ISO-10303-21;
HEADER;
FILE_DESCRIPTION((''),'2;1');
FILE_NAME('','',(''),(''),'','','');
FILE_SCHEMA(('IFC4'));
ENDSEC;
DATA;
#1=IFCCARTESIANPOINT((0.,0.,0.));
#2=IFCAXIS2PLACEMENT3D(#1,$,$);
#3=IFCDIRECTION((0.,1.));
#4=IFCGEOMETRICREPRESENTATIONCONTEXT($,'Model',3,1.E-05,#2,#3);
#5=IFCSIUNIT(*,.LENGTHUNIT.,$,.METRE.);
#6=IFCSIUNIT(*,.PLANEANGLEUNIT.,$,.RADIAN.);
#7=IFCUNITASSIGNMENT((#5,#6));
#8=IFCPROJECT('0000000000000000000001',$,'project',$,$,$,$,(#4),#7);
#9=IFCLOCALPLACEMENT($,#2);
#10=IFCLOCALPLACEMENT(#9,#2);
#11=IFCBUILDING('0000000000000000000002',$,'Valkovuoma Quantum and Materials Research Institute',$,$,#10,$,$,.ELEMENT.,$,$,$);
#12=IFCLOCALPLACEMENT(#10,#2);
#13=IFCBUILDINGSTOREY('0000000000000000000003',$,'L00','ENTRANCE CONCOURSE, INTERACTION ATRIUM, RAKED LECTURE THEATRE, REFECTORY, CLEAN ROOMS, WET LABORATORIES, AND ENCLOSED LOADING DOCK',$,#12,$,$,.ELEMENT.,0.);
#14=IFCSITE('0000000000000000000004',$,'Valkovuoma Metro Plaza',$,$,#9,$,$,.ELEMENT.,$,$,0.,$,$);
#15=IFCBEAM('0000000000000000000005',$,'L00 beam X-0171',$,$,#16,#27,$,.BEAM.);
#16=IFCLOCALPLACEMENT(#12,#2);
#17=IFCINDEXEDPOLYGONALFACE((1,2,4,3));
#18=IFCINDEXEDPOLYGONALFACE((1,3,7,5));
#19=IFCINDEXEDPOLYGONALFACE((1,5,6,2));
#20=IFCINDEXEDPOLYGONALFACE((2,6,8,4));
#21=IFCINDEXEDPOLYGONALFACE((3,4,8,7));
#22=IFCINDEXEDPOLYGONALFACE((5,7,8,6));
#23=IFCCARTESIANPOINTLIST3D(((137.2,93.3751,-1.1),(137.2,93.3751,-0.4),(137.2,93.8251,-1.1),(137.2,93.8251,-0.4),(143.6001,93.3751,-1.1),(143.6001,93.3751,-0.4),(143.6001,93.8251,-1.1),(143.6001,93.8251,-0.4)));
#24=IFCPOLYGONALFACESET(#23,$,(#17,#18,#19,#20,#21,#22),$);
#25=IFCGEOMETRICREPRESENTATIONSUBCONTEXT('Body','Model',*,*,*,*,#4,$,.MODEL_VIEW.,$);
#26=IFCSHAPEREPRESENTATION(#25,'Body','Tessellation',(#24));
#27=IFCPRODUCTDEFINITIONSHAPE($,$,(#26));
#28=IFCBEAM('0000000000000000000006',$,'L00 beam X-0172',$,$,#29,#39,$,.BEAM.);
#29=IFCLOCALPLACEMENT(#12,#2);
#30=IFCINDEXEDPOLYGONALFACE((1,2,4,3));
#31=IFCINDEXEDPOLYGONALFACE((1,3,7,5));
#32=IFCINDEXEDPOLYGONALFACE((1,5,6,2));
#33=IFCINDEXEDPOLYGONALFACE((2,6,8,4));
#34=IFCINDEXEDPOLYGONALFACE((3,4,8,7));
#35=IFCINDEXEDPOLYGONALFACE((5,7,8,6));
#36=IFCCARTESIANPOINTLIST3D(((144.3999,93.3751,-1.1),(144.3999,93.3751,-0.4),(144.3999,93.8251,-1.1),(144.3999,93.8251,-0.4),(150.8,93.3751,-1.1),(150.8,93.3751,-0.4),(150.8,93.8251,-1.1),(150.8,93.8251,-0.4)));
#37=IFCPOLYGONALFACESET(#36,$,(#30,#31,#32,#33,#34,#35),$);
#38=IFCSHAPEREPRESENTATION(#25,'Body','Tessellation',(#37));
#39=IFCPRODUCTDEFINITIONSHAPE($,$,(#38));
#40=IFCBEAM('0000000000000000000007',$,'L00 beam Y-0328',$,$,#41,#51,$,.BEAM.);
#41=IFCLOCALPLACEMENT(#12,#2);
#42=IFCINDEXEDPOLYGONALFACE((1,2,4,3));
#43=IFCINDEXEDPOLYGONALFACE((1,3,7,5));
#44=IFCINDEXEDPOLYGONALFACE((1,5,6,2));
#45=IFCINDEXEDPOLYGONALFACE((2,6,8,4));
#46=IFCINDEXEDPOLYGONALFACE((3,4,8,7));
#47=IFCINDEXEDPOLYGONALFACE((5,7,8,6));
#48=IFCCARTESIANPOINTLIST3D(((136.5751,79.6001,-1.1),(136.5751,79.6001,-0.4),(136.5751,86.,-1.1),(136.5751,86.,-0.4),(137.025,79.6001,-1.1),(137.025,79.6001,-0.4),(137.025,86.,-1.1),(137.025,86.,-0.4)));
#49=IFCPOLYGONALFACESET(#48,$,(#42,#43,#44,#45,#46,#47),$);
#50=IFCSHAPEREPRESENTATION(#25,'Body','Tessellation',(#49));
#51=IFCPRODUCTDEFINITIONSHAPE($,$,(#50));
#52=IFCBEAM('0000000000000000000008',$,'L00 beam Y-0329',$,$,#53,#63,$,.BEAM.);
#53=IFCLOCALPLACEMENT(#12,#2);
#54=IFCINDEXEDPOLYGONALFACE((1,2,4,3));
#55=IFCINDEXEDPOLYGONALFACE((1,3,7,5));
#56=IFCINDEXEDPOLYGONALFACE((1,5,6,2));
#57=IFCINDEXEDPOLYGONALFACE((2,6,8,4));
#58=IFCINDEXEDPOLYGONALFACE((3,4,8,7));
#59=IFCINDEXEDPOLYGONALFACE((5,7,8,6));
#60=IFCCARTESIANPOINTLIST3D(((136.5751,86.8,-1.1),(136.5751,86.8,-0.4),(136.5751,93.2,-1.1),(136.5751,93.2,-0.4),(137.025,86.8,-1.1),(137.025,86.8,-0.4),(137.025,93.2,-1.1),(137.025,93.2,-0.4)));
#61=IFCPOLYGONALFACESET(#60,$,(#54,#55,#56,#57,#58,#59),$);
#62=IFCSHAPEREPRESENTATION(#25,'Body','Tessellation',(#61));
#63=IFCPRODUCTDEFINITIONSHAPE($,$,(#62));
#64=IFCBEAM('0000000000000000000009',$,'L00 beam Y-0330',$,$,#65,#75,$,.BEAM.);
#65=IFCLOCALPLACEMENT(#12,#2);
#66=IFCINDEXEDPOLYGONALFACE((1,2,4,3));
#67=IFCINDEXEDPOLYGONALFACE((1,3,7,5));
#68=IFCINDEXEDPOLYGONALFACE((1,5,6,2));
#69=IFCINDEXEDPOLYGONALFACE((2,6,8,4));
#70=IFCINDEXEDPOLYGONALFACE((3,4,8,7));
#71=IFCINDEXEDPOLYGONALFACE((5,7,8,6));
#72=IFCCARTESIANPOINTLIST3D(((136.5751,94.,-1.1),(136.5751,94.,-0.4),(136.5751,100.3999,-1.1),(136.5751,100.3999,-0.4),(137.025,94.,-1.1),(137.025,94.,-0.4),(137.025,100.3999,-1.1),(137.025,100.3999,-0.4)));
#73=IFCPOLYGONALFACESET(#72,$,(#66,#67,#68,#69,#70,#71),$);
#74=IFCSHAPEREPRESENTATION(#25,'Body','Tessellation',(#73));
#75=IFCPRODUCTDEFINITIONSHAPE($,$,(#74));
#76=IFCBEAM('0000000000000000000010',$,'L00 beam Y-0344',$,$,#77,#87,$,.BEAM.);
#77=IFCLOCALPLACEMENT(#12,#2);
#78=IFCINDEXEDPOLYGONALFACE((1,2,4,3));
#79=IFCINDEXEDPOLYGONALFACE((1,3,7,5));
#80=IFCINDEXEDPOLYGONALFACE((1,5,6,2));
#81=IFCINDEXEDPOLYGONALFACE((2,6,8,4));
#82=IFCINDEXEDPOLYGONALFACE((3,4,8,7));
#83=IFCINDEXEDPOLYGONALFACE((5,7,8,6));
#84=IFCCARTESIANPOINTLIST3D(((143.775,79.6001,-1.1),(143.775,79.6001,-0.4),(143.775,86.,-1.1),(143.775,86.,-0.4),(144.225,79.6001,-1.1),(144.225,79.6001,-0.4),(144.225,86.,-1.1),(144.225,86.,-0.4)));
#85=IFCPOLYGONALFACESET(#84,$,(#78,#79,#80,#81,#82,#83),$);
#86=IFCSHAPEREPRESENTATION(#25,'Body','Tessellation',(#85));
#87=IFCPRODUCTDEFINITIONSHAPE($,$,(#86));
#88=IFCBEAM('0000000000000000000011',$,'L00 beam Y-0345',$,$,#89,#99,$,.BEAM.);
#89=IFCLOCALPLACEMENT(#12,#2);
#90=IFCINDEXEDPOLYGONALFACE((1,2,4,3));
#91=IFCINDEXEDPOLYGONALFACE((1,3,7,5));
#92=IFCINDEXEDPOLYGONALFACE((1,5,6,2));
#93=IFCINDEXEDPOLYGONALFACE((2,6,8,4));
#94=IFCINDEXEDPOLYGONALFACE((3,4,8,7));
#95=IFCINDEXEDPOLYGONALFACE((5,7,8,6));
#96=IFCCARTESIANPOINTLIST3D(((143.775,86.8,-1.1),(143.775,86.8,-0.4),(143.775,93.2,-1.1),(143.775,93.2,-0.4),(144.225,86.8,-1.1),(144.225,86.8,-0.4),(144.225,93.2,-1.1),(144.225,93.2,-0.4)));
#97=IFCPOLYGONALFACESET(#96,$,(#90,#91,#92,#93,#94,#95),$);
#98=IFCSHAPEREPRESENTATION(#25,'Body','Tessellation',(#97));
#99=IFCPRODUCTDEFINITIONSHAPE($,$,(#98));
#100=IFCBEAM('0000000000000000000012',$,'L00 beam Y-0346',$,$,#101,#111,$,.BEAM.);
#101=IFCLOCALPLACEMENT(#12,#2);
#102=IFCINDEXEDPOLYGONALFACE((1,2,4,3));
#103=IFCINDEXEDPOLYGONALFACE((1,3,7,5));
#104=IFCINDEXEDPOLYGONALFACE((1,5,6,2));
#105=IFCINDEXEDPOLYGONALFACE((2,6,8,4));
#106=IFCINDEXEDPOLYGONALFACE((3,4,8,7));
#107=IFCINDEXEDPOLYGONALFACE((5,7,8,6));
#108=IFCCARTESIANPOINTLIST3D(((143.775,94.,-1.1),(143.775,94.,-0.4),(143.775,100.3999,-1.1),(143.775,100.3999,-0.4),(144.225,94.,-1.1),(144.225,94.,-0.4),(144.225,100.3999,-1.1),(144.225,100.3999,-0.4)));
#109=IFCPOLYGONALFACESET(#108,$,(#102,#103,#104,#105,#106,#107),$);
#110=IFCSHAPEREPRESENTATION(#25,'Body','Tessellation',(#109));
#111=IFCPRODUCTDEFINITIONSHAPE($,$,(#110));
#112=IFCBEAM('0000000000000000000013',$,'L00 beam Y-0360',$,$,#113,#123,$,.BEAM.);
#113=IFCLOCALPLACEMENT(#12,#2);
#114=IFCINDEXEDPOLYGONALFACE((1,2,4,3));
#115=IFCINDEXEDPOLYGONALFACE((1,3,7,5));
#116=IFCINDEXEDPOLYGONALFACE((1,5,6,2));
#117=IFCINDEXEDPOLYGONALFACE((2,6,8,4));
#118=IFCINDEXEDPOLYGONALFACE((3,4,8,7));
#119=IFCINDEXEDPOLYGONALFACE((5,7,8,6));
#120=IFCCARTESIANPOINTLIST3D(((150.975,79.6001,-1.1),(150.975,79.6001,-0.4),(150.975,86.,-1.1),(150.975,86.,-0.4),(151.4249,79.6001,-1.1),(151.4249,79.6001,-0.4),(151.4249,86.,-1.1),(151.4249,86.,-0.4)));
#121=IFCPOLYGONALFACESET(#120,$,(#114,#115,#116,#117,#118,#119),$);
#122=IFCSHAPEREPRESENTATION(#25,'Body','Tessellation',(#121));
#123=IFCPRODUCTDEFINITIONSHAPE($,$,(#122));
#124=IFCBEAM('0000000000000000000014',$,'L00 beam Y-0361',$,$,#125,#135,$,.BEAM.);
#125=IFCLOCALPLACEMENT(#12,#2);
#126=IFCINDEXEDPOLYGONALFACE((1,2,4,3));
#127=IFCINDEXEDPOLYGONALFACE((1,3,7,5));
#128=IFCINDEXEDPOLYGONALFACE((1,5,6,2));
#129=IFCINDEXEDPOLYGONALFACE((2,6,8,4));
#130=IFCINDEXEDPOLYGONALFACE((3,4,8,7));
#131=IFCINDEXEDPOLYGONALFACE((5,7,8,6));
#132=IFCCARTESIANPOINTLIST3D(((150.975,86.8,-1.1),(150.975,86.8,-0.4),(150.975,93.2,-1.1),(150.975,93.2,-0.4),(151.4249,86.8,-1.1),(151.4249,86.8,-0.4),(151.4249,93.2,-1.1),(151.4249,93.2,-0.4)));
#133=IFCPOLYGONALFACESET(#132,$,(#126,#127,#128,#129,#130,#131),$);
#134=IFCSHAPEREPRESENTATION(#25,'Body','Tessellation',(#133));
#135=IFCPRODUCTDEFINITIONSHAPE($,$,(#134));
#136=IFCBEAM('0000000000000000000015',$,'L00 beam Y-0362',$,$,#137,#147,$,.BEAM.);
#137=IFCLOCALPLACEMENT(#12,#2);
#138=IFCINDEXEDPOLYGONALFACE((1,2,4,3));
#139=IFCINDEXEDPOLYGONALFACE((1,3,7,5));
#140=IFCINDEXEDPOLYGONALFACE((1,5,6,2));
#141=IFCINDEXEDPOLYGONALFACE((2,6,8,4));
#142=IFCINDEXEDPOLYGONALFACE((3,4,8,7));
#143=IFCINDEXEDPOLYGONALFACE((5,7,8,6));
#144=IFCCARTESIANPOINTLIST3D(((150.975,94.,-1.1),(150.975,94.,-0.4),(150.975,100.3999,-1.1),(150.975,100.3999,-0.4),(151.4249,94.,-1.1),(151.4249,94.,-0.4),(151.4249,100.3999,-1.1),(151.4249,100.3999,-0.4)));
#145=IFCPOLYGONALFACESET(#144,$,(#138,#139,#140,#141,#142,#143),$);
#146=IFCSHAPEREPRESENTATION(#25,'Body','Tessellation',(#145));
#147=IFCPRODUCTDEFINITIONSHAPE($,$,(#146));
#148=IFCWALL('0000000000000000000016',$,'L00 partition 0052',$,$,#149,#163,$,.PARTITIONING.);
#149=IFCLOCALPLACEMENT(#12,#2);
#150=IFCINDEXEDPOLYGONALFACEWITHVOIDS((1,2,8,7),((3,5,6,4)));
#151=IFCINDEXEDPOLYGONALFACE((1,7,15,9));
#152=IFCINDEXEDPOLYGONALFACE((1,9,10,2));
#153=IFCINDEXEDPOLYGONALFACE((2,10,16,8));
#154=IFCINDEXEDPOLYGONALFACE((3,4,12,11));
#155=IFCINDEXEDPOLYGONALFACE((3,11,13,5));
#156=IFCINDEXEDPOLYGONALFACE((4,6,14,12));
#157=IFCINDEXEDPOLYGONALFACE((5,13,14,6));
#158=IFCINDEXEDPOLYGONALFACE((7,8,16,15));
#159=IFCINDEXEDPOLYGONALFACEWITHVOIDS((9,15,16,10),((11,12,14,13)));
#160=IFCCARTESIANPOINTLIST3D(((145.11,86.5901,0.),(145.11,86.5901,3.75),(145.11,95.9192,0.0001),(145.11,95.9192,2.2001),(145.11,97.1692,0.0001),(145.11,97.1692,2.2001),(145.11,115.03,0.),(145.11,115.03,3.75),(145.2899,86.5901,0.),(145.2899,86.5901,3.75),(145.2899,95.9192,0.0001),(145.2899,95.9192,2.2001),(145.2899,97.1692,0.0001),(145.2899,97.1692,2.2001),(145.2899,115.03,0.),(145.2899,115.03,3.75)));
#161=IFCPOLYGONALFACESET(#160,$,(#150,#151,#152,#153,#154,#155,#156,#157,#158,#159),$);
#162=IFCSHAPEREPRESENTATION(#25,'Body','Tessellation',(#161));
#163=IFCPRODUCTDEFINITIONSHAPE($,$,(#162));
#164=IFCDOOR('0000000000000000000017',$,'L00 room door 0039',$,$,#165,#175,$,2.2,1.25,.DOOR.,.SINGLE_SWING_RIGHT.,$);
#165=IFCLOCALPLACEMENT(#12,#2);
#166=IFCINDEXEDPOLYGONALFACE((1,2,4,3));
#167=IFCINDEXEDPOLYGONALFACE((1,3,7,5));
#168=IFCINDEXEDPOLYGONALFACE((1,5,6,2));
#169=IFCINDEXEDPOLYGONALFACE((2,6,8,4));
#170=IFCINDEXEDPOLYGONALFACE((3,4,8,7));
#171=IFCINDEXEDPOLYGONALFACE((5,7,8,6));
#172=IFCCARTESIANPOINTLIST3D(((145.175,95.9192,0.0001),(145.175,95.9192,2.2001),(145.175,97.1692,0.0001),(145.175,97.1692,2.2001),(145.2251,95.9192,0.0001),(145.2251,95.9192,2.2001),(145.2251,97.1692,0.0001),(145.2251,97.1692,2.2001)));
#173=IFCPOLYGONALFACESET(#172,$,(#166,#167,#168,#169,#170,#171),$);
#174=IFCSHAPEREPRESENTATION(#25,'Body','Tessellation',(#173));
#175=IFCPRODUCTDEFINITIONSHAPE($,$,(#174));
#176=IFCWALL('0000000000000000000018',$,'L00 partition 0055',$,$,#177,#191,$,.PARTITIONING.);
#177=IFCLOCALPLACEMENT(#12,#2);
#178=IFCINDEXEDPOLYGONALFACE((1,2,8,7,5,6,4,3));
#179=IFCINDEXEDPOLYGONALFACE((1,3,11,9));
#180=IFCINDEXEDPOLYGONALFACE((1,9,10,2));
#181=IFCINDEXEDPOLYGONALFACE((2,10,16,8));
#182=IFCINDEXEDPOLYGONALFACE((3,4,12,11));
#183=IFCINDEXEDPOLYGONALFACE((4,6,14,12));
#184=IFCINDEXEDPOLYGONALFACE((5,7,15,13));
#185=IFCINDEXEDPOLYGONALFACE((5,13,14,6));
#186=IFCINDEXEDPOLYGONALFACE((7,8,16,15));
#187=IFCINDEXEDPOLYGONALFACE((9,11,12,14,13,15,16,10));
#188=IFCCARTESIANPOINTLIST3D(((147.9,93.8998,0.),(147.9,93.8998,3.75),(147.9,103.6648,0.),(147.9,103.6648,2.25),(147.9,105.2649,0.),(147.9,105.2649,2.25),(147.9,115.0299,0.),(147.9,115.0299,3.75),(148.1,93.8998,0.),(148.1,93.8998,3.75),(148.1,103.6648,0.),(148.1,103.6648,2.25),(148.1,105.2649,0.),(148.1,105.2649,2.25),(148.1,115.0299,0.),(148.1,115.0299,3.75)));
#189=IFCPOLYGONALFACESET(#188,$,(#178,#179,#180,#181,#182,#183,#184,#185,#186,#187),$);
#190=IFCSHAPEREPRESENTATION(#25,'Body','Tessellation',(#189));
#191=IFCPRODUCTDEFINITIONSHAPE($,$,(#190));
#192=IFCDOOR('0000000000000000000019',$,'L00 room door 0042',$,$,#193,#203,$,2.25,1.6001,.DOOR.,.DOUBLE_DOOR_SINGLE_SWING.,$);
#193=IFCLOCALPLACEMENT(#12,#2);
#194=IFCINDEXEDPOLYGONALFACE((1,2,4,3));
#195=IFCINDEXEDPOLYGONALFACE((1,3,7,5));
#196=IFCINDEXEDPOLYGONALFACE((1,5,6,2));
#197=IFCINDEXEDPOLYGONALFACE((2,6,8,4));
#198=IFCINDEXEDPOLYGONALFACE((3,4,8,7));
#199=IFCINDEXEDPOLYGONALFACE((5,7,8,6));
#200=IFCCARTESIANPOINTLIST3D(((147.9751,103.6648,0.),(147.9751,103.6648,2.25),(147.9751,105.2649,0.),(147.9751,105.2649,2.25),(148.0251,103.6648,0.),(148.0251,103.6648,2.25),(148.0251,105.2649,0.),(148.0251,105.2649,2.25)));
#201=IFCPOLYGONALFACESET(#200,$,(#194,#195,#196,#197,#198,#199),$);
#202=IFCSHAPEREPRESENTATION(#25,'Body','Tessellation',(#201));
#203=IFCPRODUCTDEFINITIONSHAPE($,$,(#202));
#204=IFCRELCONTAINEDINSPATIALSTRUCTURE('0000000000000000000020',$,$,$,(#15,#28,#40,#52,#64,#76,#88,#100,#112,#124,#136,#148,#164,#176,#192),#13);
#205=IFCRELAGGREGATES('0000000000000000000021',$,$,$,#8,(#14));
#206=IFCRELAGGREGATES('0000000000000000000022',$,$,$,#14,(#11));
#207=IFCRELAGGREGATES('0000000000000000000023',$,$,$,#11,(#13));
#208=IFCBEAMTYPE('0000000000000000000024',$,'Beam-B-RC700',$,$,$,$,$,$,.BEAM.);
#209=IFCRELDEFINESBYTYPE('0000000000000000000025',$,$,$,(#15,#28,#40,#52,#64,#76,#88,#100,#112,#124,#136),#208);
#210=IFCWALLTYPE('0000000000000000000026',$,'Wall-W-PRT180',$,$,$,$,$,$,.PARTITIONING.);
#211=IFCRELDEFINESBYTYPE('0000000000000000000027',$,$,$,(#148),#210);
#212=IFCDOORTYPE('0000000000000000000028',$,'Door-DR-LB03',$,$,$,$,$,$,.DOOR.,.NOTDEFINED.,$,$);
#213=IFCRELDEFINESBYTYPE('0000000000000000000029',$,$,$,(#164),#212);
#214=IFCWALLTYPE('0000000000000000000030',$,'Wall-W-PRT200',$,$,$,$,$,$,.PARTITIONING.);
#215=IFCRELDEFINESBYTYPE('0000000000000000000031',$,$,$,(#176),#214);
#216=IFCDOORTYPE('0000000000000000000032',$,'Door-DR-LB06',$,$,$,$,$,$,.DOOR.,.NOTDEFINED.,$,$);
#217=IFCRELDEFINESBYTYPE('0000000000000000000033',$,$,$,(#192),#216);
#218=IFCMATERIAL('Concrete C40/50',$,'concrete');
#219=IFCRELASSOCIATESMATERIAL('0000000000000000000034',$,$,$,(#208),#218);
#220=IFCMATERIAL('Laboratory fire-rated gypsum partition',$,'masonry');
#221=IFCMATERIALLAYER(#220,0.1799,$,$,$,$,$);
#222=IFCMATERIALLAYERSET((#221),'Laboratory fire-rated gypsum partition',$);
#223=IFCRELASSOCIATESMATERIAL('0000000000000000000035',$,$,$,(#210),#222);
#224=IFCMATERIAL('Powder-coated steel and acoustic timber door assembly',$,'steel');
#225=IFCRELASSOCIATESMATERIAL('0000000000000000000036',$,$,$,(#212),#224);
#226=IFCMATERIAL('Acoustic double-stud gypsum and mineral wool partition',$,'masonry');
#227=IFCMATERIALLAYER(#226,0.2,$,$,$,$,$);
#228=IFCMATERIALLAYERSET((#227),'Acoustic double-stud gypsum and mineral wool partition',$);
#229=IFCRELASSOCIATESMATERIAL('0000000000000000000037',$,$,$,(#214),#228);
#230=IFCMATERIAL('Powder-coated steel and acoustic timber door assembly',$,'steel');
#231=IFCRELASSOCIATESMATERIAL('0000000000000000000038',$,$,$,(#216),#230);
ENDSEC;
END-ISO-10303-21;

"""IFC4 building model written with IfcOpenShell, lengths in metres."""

from ifc_helpers import new_model, si_unit, direction, frame, frame_2d, origin, origin_2d, place, context, subcontext, project, spatial, rectangle, extrude, material, layer, layer_set, material_profile, profile_set, type_object, element, fill, save


model = new_model("IFC4")

# Units and contexts
model_context = context("Model", 3, precision=1e-05, world=origin(), true_north=direction((0.0, 1.0)))
body_context = subcontext(model_context, "Body", "Model", "MODEL_VIEW")
ifc_project = project(units=[si_unit("LENGTHUNIT", "METRE"), si_unit("PLANEANGLEUNIT", "RADIAN")], contexts=[model_context])

# Site, building, storey
site_placement = place(None, origin())
site = spatial("IfcSite", under=ifc_project, at=site_placement, Name="Valkovuoma Metro Plaza", CompositionType="ELEMENT", RefElevation=0.0)
building_placement = place(site_placement, origin())
building = spatial("IfcBuilding", under=site, at=building_placement, Name="Valkovuoma Quantum and Materials Research Institute", CompositionType="ELEMENT")
storey_placement = place(building_placement, origin())
storey = spatial("IfcBuildingStorey", under=building, at=storey_placement, Name="L00", Description="ENTRANCE CONCOURSE, INTERACTION ATRIUM, RAKED LECTURE THEATRE, REFECTORY, CLEAN ROOMS, WET LABORATORIES, AND ENCLOSED LOADING DOCK", CompositionType="ELEMENT", Elevation=0.0)

# Beams
ifc_material_1 = material(Name="Concrete C40/50", Category="concrete")
ifc_material_profile_1 = material_profile(ifc_material_1, rectangle(XDim=0.45, YDim=0.7, at=origin_2d()), Name="Concrete C40/50")
ifc_profile_set_1 = profile_set([ifc_material_profile_1], Name="Concrete C40/50")
beam_type_1 = type_object("IfcBeamType", Name="Beam-B-RC700", PredefinedType="BEAM", material=ifc_profile_set_1)
for number, where, z_axis, x_axis, name in (
    (1, (137.2, 93.6001, -0.75), (1.0, 0.0, 0.0), (0.0, 1.0, 0.0), "L00 beam X-0171"),
    (2, (144.3999, 93.6001, -0.75), (1.0, 0.0, 0.0), (0.0, 1.0, 0.0), "L00 beam X-0172"),
):
    element("IfcBeam", number, at=place(storey_placement, frame(where, z_axis=z_axis, x_axis=x_axis)), inside=storey, type_object=beam_type_1, Name=name, PredefinedType="BEAM", context=body_context, shape_type="SweptSolid", body=[
        extrude(rectangle(XDim=0.45, YDim=0.7, at=origin_2d()), origin(), (0.0, 0.0, 1.0), 6.4001),
    ])
for number, where, z_axis, x_axis, name in (
    (3, (136.8, 79.6001, -0.75), (0.0, 1.0, 0.0), (-1.0, 0.0, 0.0), "L00 beam Y-0328"),
    (4, (136.8, 86.8, -0.75), (0.0, 1.0, 0.0), (-1.0, 0.0, 0.0), "L00 beam Y-0329"),
    (5, (136.8, 94.0, -0.75), (0.0, 1.0, 0.0), (-1.0, 0.0, 0.0), "L00 beam Y-0330"),
    (6, (144.0, 79.6001, -0.75), (0.0, 1.0, 0.0), (-1.0, 0.0, 0.0), "L00 beam Y-0344"),
    (7, (144.0, 86.8, -0.75), (0.0, 1.0, 0.0), (-1.0, 0.0, 0.0), "L00 beam Y-0345"),
    (8, (144.0, 94.0, -0.75), (0.0, 1.0, 0.0), (-1.0, 0.0, 0.0), "L00 beam Y-0346"),
    (9, (151.2, 79.6001, -0.75), (0.0, 1.0, 0.0), (-1.0, 0.0, 0.0), "L00 beam Y-0360"),
    (10, (151.2, 86.8, -0.75), (0.0, 1.0, 0.0), (-1.0, 0.0, 0.0), "L00 beam Y-0361"),
    (11, (151.2, 94.0, -0.75), (0.0, 1.0, 0.0), (-1.0, 0.0, 0.0), "L00 beam Y-0362"),
):
    element("IfcBeam", number, at=place(storey_placement, frame(where, z_axis=z_axis, x_axis=x_axis)), inside=storey, type_object=beam_type_1, Name=name, PredefinedType="BEAM", context=body_context, shape_type="SweptSolid", body=[
        extrude(rectangle(XDim=0.45, YDim=0.7, at=origin_2d()), origin(), (0.0, 0.0, 1.0), 6.3999),
    ])

# Walls, openings, doors
ifc_material_2 = material(Name="Laboratory fire-rated gypsum partition", Category="masonry")
ifc_layer_1 = layer(ifc_material_2, 0.1799)
ifc_layer_set_1 = layer_set([ifc_layer_1], Name="Laboratory fire-rated gypsum partition")
wall_type_1 = type_object("IfcWallType", Name="Wall-W-PRT180", PredefinedType="PARTITIONING", material=ifc_layer_set_1)
wall_1_placement = place(storey_placement, frame((145.2, 86.5901, 0.0), z_axis=(0.0, 0.0, 1.0), x_axis=(0.0, 1.0, 0.0)))
wall_1 = element("IfcWall", 12, at=wall_1_placement, inside=storey, type_object=wall_type_1, Name="L00 partition 0052", PredefinedType="PARTITIONING", context=body_context, shape_type="SweptSolid", body=[
    extrude(rectangle(XDim=28.4399, YDim=0.1799, at=frame_2d((14.22, 0.0))), origin(), (0.0, 0.0, 1.0), 3.75),
])
opening_1_placement = place(wall_1_placement, frame((9.3291, 0.0, 0.0)))
opening_1 = element("IfcOpeningElement", 13, at=opening_1_placement, cuts=wall_1, PredefinedType="OPENING", context=body_context, shape_type="SweptSolid", body=[
    extrude(rectangle(XDim=1.25, YDim=2.2, at=frame_2d((0.625, 1.1001))), frame((0.0, 0.1001, 0.0), z_axis=(0.0, -1.0, 0.0), x_axis=(1.0, 0.0, 0.0)), (0.0, 0.0, 1.0), 0.2),
])
ifc_material_3 = material(Name="Powder-coated steel and acoustic timber door assembly", Category="steel")
door_type_1 = type_object("IfcDoorType", Name="Door-DR-LB03", OperationType="NOTDEFINED", PredefinedType="DOOR", material=ifc_material_3)
door_1_placement = place(opening_1_placement, origin())
door_1 = element("IfcDoor", 14, at=door_1_placement, inside=storey, type_object=door_type_1, Name="L00 room door 0039", OperationType="SINGLE_SWING_RIGHT", OverallHeight=2.2, OverallWidth=1.25, PredefinedType="DOOR", context=body_context, shape_type="SweptSolid", body=[
    extrude(rectangle(XDim=1.25, YDim=2.2, at=frame_2d((0.625, 1.1001))), frame((0.0, 0.0249, 0.0), z_axis=(0.0, -1.0, 0.0), x_axis=(1.0, 0.0, 0.0)), (0.0, 0.0, 1.0), 0.05),
])
fill(opening_1, door_1)
ifc_material_4 = material(Name="Acoustic double-stud gypsum and mineral wool partition", Category="masonry")
ifc_layer_2 = layer(ifc_material_4, 0.2)
ifc_layer_set_2 = layer_set([ifc_layer_2], Name="Acoustic double-stud gypsum and mineral wool partition")
wall_type_2 = type_object("IfcWallType", Name="Wall-W-PRT200", PredefinedType="PARTITIONING", material=ifc_layer_set_2)
wall_2_placement = place(storey_placement, frame((148.0, 93.8999, 0.0), z_axis=(0.0, 0.0, 1.0), x_axis=(0.0, 1.0, 0.0)))
wall_2 = element("IfcWall", 15, at=wall_2_placement, inside=storey, type_object=wall_type_2, Name="L00 partition 0055", PredefinedType="PARTITIONING", context=body_context, shape_type="SweptSolid", body=[
    extrude(rectangle(XDim=21.1301, YDim=0.2, at=frame_2d((10.5649, 0.0))), origin(), (0.0, 0.0, 1.0), 3.75),
])
opening_2_placement = place(wall_2_placement, frame((9.7649, 0.0, 0.0)))
opening_2 = element("IfcOpeningElement", 16, at=opening_2_placement, cuts=wall_2, PredefinedType="OPENING", context=body_context, shape_type="SweptSolid", body=[
    extrude(rectangle(XDim=1.6001, YDim=2.25, at=frame_2d((0.8, 1.125))), frame((0.0, 0.1099, 0.0), z_axis=(0.0, -1.0, 0.0), x_axis=(1.0, 0.0, 0.0)), (0.0, 0.0, 1.0), 0.22),
])
ifc_material_5 = material(Name="Powder-coated steel and acoustic timber door assembly", Category="steel")
door_type_2 = type_object("IfcDoorType", Name="Door-DR-LB06", OperationType="NOTDEFINED", PredefinedType="DOOR", material=ifc_material_5)
door_2_placement = place(opening_2_placement, origin())
door_2 = element("IfcDoor", 17, at=door_2_placement, inside=storey, type_object=door_type_2, Name="L00 room door 0042", OperationType="DOUBLE_DOOR_SINGLE_SWING", OverallHeight=2.25, OverallWidth=1.6001, PredefinedType="DOOR", context=body_context, shape_type="SweptSolid", body=[
    extrude(rectangle(XDim=1.6001, YDim=2.25, at=frame_2d((0.8, 1.125))), frame((0.0, 0.0249, 0.0), z_axis=(0.0, -1.0, 0.0), x_axis=(1.0, 0.0, 0.0)), (0.0, 0.0, 1.0), 0.05),
])
fill(opening_2, door_2)

save(model, "model.ifc")
